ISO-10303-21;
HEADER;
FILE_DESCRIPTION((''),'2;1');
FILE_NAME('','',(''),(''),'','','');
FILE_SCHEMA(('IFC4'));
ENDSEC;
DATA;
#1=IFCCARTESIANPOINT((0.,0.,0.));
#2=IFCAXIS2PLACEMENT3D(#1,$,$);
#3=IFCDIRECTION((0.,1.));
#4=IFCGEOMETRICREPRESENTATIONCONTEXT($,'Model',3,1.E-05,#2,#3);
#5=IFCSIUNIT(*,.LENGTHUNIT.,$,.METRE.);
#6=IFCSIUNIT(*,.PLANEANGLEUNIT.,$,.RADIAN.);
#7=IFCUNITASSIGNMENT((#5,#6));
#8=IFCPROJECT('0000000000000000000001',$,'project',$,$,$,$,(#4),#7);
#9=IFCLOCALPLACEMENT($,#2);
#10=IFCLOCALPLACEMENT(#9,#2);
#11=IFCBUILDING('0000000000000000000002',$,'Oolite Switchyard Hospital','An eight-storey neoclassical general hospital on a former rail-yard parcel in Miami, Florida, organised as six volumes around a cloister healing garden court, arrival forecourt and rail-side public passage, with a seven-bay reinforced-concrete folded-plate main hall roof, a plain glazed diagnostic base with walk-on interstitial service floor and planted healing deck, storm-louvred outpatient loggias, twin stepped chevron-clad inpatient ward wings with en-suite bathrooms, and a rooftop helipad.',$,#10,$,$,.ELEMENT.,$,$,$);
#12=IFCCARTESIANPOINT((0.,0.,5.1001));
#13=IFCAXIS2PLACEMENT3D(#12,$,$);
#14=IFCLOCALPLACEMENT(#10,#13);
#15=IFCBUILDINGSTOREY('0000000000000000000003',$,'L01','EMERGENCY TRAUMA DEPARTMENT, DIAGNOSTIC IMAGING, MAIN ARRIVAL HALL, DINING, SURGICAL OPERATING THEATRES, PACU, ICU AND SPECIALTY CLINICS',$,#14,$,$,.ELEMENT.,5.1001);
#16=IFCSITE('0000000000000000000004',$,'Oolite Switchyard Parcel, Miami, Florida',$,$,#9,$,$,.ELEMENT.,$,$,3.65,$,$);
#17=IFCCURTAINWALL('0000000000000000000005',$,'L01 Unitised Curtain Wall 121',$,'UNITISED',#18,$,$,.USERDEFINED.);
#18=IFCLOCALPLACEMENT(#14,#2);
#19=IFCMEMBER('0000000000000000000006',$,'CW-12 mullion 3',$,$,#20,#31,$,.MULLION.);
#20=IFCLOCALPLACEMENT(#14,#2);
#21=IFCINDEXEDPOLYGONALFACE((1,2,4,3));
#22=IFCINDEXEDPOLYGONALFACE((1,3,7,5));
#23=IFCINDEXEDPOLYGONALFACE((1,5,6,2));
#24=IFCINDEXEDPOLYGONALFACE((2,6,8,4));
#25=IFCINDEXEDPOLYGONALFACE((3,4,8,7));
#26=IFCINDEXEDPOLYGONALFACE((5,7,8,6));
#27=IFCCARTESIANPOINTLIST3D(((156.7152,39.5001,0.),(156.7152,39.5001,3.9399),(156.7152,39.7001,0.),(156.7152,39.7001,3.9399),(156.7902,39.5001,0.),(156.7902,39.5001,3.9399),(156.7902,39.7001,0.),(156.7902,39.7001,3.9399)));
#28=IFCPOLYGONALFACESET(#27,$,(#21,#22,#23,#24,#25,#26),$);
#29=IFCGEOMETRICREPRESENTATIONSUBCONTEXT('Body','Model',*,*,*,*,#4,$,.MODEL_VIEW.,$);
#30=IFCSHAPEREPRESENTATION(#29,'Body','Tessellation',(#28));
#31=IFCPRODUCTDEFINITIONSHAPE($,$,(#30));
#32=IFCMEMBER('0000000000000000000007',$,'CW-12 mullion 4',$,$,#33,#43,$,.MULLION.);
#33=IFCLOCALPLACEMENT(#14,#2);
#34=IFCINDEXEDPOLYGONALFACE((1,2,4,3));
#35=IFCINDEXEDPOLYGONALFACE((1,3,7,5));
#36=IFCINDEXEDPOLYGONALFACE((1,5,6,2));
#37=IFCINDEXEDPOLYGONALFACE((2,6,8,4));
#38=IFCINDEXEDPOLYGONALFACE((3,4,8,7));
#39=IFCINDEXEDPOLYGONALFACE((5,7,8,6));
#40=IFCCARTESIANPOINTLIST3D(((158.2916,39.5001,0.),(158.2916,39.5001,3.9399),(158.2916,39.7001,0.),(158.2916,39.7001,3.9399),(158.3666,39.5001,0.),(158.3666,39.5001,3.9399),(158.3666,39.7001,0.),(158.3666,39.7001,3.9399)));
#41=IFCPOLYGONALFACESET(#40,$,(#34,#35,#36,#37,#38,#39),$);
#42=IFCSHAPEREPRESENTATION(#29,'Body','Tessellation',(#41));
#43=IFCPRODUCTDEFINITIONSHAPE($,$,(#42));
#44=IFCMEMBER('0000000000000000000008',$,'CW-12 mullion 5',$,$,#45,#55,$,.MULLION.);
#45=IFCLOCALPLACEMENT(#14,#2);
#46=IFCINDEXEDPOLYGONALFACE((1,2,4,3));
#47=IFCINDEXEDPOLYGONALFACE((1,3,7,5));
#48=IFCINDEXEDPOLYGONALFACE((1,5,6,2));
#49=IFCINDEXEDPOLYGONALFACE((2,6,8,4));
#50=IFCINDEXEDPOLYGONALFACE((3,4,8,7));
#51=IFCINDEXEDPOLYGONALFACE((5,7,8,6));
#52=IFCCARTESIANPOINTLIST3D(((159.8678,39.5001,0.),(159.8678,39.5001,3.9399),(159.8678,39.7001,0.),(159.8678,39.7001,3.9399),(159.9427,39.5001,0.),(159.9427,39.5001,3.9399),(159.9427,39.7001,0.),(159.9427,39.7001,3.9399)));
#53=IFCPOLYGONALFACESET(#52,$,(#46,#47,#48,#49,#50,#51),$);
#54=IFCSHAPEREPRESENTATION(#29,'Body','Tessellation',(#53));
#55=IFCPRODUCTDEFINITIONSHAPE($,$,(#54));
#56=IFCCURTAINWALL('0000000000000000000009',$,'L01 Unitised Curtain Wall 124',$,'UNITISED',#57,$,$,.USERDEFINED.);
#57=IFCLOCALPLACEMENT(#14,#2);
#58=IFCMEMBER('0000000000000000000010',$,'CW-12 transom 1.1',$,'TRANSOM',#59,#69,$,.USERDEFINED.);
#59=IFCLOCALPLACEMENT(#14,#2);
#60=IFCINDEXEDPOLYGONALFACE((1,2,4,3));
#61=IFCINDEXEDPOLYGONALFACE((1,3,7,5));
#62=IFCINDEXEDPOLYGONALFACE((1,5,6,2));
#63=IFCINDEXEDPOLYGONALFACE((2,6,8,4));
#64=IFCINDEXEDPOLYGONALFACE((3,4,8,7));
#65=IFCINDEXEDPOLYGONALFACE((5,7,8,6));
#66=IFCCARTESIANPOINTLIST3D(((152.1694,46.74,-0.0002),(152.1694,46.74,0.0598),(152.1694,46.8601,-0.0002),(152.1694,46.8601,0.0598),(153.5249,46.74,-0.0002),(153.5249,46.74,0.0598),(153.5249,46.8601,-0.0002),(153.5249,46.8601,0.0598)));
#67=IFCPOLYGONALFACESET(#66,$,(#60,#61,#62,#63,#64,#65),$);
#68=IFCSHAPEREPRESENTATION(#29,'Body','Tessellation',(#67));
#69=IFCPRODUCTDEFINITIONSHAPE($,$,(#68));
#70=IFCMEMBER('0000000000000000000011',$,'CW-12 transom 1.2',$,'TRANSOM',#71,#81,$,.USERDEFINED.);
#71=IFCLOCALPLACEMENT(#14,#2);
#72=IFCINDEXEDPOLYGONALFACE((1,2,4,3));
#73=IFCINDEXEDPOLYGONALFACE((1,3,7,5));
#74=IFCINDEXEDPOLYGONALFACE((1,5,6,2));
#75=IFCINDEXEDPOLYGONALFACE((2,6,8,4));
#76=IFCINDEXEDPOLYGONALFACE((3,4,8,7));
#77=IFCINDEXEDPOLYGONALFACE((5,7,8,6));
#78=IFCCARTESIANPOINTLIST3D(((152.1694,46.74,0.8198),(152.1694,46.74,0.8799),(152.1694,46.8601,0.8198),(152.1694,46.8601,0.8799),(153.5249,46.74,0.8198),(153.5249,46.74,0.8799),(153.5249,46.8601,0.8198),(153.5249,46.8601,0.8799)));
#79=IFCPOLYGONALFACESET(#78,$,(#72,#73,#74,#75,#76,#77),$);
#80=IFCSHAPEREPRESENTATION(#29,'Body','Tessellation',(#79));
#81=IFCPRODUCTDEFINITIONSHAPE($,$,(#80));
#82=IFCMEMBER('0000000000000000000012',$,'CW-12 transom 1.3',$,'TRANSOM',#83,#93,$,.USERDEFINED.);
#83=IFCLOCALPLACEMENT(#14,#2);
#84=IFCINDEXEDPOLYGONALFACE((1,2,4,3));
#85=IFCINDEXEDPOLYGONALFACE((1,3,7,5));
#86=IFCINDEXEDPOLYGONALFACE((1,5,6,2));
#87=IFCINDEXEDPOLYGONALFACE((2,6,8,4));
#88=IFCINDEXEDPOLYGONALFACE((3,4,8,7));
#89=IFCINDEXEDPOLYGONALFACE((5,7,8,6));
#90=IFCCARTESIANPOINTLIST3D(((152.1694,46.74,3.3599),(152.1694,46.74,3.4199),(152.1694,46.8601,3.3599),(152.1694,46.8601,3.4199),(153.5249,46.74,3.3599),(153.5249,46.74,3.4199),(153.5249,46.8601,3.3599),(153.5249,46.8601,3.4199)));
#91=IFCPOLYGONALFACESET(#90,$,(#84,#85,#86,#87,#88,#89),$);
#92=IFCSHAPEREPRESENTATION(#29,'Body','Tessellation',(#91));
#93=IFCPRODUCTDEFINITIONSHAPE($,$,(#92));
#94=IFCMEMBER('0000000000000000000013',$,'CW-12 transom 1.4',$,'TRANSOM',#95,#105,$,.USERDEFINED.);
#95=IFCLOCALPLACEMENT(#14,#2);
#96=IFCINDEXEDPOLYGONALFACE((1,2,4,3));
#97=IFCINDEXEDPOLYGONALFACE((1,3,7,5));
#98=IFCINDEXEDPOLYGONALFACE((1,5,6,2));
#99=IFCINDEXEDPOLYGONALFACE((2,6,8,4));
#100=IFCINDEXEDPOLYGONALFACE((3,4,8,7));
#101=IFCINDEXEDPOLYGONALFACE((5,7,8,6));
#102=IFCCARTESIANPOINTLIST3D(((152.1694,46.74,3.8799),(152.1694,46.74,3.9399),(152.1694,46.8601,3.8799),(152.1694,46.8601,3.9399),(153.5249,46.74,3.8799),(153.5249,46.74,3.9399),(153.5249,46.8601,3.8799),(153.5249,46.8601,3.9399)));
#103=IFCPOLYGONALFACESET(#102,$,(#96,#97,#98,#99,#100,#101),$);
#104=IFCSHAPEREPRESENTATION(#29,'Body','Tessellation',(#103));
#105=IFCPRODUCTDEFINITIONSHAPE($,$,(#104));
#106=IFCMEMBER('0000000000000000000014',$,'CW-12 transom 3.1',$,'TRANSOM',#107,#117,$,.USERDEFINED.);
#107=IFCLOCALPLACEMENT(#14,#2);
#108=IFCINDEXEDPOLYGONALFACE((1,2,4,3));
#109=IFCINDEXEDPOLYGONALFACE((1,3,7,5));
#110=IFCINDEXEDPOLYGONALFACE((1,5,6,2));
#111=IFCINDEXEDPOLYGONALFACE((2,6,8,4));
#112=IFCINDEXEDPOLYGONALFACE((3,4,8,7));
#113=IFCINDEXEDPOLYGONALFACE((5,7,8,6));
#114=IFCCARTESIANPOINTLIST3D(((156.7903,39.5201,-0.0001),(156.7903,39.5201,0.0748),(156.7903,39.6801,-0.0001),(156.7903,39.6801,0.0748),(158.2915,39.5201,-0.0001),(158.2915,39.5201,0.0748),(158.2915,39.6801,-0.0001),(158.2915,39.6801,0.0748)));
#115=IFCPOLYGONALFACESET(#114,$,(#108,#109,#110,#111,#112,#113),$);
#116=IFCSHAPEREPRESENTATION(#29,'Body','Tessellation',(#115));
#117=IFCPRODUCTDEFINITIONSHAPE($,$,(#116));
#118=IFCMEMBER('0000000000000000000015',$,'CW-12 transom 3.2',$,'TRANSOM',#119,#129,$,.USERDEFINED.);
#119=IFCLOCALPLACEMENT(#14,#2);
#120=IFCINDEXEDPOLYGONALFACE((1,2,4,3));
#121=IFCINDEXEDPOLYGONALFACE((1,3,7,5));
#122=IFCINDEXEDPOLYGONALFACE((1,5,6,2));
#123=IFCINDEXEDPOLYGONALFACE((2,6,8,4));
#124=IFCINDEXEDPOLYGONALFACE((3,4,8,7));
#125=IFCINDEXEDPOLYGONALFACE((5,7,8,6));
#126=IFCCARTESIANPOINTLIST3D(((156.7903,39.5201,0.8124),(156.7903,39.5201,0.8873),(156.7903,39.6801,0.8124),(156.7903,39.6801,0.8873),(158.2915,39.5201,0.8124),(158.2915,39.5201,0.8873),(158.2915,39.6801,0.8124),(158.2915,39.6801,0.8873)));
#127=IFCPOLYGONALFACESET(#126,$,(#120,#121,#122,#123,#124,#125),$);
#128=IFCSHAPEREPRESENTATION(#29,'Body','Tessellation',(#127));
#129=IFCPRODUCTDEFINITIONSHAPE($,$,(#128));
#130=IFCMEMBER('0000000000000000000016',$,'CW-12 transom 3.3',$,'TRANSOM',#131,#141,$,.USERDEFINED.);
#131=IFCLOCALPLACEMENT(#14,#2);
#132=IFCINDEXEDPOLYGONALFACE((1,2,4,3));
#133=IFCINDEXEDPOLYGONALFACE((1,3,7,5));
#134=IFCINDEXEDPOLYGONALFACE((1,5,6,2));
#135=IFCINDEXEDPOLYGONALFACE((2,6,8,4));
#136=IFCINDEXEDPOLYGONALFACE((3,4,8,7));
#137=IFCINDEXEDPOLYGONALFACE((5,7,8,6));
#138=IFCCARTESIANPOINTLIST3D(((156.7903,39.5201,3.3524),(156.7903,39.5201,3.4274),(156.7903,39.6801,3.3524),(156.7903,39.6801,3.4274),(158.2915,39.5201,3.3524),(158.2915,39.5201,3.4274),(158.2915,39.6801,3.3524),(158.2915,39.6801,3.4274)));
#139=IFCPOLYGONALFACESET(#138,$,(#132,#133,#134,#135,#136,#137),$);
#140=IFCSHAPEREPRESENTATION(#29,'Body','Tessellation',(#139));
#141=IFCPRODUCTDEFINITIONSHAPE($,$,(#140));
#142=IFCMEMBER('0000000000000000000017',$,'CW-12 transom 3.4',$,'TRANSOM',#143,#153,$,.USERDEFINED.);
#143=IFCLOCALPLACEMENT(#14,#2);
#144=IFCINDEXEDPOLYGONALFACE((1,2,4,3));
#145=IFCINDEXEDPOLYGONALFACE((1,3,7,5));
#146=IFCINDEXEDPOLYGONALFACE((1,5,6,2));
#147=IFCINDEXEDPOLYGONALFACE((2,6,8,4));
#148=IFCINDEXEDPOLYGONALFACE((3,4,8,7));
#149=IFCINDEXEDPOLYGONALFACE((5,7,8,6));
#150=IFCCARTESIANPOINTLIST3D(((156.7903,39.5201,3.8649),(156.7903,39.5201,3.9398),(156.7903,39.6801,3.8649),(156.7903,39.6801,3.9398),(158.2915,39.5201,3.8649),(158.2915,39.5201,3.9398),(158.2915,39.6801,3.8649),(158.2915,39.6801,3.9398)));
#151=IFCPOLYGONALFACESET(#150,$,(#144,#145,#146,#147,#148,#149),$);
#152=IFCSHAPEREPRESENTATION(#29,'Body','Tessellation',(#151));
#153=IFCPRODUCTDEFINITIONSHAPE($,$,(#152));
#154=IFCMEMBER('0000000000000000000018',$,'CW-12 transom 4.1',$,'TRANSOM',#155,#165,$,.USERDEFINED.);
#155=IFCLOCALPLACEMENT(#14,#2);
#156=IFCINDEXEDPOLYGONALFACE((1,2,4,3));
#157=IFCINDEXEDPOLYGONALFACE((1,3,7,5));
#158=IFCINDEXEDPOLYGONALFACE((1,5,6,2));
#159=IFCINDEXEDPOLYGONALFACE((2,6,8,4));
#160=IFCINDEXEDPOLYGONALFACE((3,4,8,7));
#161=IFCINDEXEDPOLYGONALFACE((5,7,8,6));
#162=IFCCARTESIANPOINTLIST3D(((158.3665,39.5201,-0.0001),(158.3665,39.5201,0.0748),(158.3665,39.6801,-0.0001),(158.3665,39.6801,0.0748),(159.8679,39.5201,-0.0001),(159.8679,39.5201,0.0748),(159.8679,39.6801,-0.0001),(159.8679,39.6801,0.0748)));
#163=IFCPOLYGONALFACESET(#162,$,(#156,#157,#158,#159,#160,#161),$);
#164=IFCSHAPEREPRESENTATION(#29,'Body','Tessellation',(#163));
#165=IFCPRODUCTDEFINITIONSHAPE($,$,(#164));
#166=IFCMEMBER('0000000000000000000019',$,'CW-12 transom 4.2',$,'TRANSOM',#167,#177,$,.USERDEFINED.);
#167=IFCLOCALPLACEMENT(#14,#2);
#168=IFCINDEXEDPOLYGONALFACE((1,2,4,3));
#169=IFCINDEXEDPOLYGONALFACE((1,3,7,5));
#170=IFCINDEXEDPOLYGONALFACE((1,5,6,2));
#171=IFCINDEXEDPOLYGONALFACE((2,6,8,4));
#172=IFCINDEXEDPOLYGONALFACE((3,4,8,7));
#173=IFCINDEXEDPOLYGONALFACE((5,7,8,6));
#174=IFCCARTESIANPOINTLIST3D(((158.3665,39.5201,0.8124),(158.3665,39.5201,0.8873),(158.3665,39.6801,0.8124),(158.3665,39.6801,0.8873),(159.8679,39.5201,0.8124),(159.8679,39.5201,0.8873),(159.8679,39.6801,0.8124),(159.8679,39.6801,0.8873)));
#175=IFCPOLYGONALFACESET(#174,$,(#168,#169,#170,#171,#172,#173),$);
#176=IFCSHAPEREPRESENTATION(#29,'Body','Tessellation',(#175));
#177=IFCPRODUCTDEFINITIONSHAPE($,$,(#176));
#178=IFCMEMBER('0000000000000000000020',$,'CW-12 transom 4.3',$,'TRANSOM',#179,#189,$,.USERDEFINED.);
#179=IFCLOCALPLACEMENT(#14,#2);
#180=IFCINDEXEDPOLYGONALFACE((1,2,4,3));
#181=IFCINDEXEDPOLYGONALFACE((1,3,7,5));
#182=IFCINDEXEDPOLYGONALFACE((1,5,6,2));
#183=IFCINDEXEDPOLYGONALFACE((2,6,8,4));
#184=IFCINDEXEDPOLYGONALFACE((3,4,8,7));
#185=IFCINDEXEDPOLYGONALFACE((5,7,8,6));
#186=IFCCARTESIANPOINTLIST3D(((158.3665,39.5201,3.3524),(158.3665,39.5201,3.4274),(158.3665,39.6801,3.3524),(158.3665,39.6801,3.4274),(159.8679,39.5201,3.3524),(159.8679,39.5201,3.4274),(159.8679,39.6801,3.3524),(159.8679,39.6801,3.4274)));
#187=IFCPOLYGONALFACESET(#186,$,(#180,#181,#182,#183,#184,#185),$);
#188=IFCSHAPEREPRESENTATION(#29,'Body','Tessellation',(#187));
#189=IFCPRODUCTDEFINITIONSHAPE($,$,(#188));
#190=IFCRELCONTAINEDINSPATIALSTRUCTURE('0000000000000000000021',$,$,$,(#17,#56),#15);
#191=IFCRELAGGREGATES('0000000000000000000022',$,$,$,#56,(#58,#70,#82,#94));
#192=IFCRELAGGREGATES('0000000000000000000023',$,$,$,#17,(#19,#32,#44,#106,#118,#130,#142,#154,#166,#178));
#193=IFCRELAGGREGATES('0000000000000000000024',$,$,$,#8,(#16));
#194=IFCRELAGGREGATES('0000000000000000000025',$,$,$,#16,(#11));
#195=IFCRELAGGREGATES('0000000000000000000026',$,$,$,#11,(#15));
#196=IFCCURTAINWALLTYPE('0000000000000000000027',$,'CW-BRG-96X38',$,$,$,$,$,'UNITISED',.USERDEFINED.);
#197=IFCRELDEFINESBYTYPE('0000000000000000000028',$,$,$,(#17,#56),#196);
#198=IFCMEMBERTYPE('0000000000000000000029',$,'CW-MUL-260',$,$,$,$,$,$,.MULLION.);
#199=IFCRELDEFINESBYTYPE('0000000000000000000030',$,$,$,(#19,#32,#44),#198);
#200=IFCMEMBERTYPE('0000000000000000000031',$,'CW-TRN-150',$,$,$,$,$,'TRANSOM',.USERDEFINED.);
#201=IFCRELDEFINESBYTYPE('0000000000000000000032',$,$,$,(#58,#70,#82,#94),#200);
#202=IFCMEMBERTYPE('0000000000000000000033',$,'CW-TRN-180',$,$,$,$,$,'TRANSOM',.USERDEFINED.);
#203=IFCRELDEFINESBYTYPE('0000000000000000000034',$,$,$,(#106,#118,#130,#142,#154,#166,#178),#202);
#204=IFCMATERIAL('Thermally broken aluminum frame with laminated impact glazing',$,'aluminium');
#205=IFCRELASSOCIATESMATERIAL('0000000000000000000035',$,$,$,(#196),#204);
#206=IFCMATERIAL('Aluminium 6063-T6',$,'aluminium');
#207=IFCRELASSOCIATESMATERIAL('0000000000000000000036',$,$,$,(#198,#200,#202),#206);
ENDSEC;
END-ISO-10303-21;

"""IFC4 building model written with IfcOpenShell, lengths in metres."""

from ifc_helpers import new_model, si_unit, direction, frame, origin, origin_2d, place, context, subcontext, project, spatial, rectangle, extrude, material, material_profile, profile_set, type_object, element, aggregate, save


model = new_model("IFC4")

# Units and contexts
model_context = context("Model", 3, precision=1e-05, world=origin(), true_north=direction((0.0, 1.0)))
body_context = subcontext(model_context, "Body", "Model", "MODEL_VIEW")
ifc_project = project(units=[si_unit("LENGTHUNIT", "METRE"), si_unit("PLANEANGLEUNIT", "RADIAN")], contexts=[model_context])

# Site, building, storey
site_placement = place(None, origin())
site = spatial("IfcSite", under=ifc_project, at=site_placement, Name="Oolite Switchyard Parcel, Miami, Florida", CompositionType="ELEMENT", RefElevation=3.65)
building_placement = place(site_placement, origin())
building = spatial("IfcBuilding", under=site, at=building_placement, Name="Oolite Switchyard Hospital", Description="An eight-storey neoclassical general hospital on a former rail-yard parcel in Miami, Florida, organised as six volumes around a cloister healing garden court, arrival forecourt and rail-side public passage, with a seven-bay reinforced-concrete folded-plate main hall roof, a plain glazed diagnostic base with walk-on interstitial service floor and planted healing deck, storm-louvred outpatient loggias, twin stepped chevron-clad inpatient ward wings with en-suite bathrooms, and a rooftop helipad.", CompositionType="ELEMENT")
storey_placement = place(building_placement, frame((0.0, 0.0, 5.1001)))
storey = spatial("IfcBuildingStorey", under=building, at=storey_placement, Name="L01", Description="EMERGENCY TRAUMA DEPARTMENT, DIAGNOSTIC IMAGING, MAIN ARRIVAL HALL, DINING, SURGICAL OPERATING THEATRES, PACU, ICU AND SPECIALTY CLINICS", CompositionType="ELEMENT", Elevation=5.1001)

# Curtain walls, members
ifc_material_1 = material(Name="Thermally broken aluminum frame with laminated impact glazing", Category="aluminium")
curtain_wall_type = type_object("IfcCurtainWallType", Name="CW-BRG-96X38", ElementType="UNITISED", PredefinedType="USERDEFINED", material=ifc_material_1)
curtain_wall_1_placement = place(storey_placement, origin())
curtain_wall_1 = element("IfcCurtainWall", 1, at=curtain_wall_1_placement, inside=storey, type_object=curtain_wall_type, Name="L01 Unitised Curtain Wall 121", ObjectType="UNITISED", PredefinedType="USERDEFINED")
ifc_material_2 = material(Name="Aluminium 6063-T6", Category="aluminium")
ifc_material_profile_1 = material_profile(ifc_material_2, rectangle(XDim=0.2, YDim=0.075, at=origin_2d()), Name="CWM75X200")
ifc_profile_set_1 = profile_set([ifc_material_profile_1], Name="Aluminium 6063-T6")
member_type_1 = type_object("IfcMemberType", Name="CW-MUL-260", PredefinedType="MULLION", material=ifc_profile_set_1)
member_1_placement = place(storey_placement, frame((156.7527, 39.6001, 0.0), z_axis=(0.0, 0.0, 1.0), x_axis=(0.0, 1.0, 0.0)))
member_1 = element("IfcMember", 2, at=member_1_placement, type_object=member_type_1, Name="CW-12 mullion 3", PredefinedType="MULLION", context=body_context, shape_type="SweptSolid", body=[
    extrude(rectangle(XDim=0.2, YDim=0.075, at=origin_2d()), origin(), (0.0, 0.0, 1.0), 3.9399),
])
member_2_placement = place(storey_placement, frame((158.3291, 39.6001, 0.0), z_axis=(0.0, 0.0, 1.0), x_axis=(0.0, 1.0, 0.0)))
member_2 = element("IfcMember", 3, at=member_2_placement, type_object=member_type_1, Name="CW-12 mullion 4", PredefinedType="MULLION", context=body_context, shape_type="SweptSolid", body=[
    extrude(rectangle(XDim=0.2, YDim=0.075, at=origin_2d()), origin(), (0.0, 0.0, 1.0), 3.9399),
])
member_3_placement = place(storey_placement, frame((159.9053, 39.6001, 0.0), z_axis=(0.0, 0.0, 1.0), x_axis=(0.0, 1.0, 0.0)))
member_3 = element("IfcMember", 4, at=member_3_placement, type_object=member_type_1, Name="CW-12 mullion 5", PredefinedType="MULLION", context=body_context, shape_type="SweptSolid", body=[
    extrude(rectangle(XDim=0.2, YDim=0.075, at=origin_2d()), origin(), (0.0, 0.0, 1.0), 3.9399),
])
curtain_wall_2_placement = place(storey_placement, origin())
curtain_wall_2 = element("IfcCurtainWall", 5, at=curtain_wall_2_placement, inside=storey, type_object=curtain_wall_type, Name="L01 Unitised Curtain Wall 124", ObjectType="UNITISED", PredefinedType="USERDEFINED")
ifc_material_profile_2 = material_profile(ifc_material_2, rectangle(XDim=0.1201, YDim=0.0601, at=origin_2d()), Name="CWT60X120")
ifc_profile_set_2 = profile_set([ifc_material_profile_2], Name="Aluminium 6063-T6")
member_type_2 = type_object("IfcMemberType", Name="CW-TRN-150", ElementType="TRANSOM", PredefinedType="USERDEFINED", material=ifc_profile_set_2)
member_4_placement = place(storey_placement, frame((153.5249, 46.8, 0.0298), z_axis=(-1.0, 0.0, 0.0), x_axis=(0.0, -1.0, 0.0)))
member_4 = element("IfcMember", 6, at=member_4_placement, type_object=member_type_2, Name="CW-12 transom 1.1", ObjectType="TRANSOM", PredefinedType="USERDEFINED", context=body_context, shape_type="SweptSolid", body=[
    extrude(rectangle(XDim=0.1201, YDim=0.0601, at=origin_2d()), origin(), (0.0, 0.0, 1.0), 1.3555),
])
member_5_placement = place(storey_placement, frame((153.5249, 46.8, 0.8499), z_axis=(-1.0, 0.0, 0.0), x_axis=(0.0, -1.0, 0.0)))
member_5 = element("IfcMember", 7, at=member_5_placement, type_object=member_type_2, Name="CW-12 transom 1.2", ObjectType="TRANSOM", PredefinedType="USERDEFINED", context=body_context, shape_type="SweptSolid", body=[
    extrude(rectangle(XDim=0.1201, YDim=0.0601, at=origin_2d()), origin(), (0.0, 0.0, 1.0), 1.3555),
])
member_6_placement = place(storey_placement, frame((153.5249, 46.8, 3.3899), z_axis=(-1.0, 0.0, 0.0), x_axis=(0.0, -1.0, 0.0)))
member_6 = element("IfcMember", 8, at=member_6_placement, type_object=member_type_2, Name="CW-12 transom 1.3", ObjectType="TRANSOM", PredefinedType="USERDEFINED", context=body_context, shape_type="SweptSolid", body=[
    extrude(rectangle(XDim=0.1201, YDim=0.0601, at=origin_2d()), origin(), (0.0, 0.0, 1.0), 1.3555),
])
member_7_placement = place(storey_placement, frame((153.5249, 46.8, 3.9099), z_axis=(-1.0, 0.0, 0.0), x_axis=(0.0, -1.0, 0.0)))
member_7 = element("IfcMember", 9, at=member_7_placement, type_object=member_type_2, Name="CW-12 transom 1.4", ObjectType="TRANSOM", PredefinedType="USERDEFINED", context=body_context, shape_type="SweptSolid", body=[
    extrude(rectangle(XDim=0.1201, YDim=0.0601, at=origin_2d()), origin(), (0.0, 0.0, 1.0), 1.3555),
])

# Members
ifc_material_profile_3 = material_profile(ifc_material_2, rectangle(XDim=0.1599, YDim=0.075, at=origin_2d()), Name="CWT75X160")
ifc_profile_set_3 = profile_set([ifc_material_profile_3], Name="Aluminium 6063-T6")
member_type_3 = type_object("IfcMemberType", Name="CW-TRN-180", ElementType="TRANSOM", PredefinedType="USERDEFINED", material=ifc_profile_set_3)
member_8_placement = place(storey_placement, frame((156.7903, 39.6001, 0.0374), z_axis=(1.0, 0.0, 0.0), x_axis=(0.0, 1.0, 0.0)))
member_8 = element("IfcMember", 10, at=member_8_placement, type_object=member_type_3, Name="CW-12 transom 3.1", ObjectType="TRANSOM", PredefinedType="USERDEFINED", context=body_context, shape_type="SweptSolid", body=[
    extrude(rectangle(XDim=0.1599, YDim=0.075, at=origin_2d()), origin(), (0.0, 0.0, 1.0), 1.5012),
])
member_9_placement = place(storey_placement, frame((156.7903, 39.6001, 0.8499), z_axis=(1.0, 0.0, 0.0), x_axis=(0.0, 1.0, 0.0)))
member_9 = element("IfcMember", 11, at=member_9_placement, type_object=member_type_3, Name="CW-12 transom 3.2", ObjectType="TRANSOM", PredefinedType="USERDEFINED", context=body_context, shape_type="SweptSolid", body=[
    extrude(rectangle(XDim=0.1599, YDim=0.075, at=origin_2d()), origin(), (0.0, 0.0, 1.0), 1.5012),
])
member_10_placement = place(storey_placement, frame((156.7903, 39.6001, 3.3899), z_axis=(1.0, 0.0, 0.0), x_axis=(0.0, 1.0, 0.0)))
member_10 = element("IfcMember", 12, at=member_10_placement, type_object=member_type_3, Name="CW-12 transom 3.3", ObjectType="TRANSOM", PredefinedType="USERDEFINED", context=body_context, shape_type="SweptSolid", body=[
    extrude(rectangle(XDim=0.1599, YDim=0.075, at=origin_2d()), origin(), (0.0, 0.0, 1.0), 1.5012),
])
member_11_placement = place(storey_placement, frame((156.7903, 39.6001, 3.9023), z_axis=(1.0, 0.0, 0.0), x_axis=(0.0, 1.0, 0.0)))
member_11 = element("IfcMember", 13, at=member_11_placement, type_object=member_type_3, Name="CW-12 transom 3.4", ObjectType="TRANSOM", PredefinedType="USERDEFINED", context=body_context, shape_type="SweptSolid", body=[
    extrude(rectangle(XDim=0.1599, YDim=0.075, at=origin_2d()), origin(), (0.0, 0.0, 1.0), 1.5012),
])
member_12_placement = place(storey_placement, frame((158.3665, 39.6001, 0.0374), z_axis=(1.0, 0.0, 0.0), x_axis=(0.0, 1.0, 0.0)))
member_12 = element("IfcMember", 14, at=member_12_placement, type_object=member_type_3, Name="CW-12 transom 4.1", ObjectType="TRANSOM", PredefinedType="USERDEFINED", context=body_context, shape_type="SweptSolid", body=[
    extrude(rectangle(XDim=0.1599, YDim=0.075, at=origin_2d()), origin(), (0.0, 0.0, 1.0), 1.5015),
])
member_13_placement = place(storey_placement, frame((158.3665, 39.6001, 0.8499), z_axis=(1.0, 0.0, 0.0), x_axis=(0.0, 1.0, 0.0)))
member_13 = element("IfcMember", 15, at=member_13_placement, type_object=member_type_3, Name="CW-12 transom 4.2", ObjectType="TRANSOM", PredefinedType="USERDEFINED", context=body_context, shape_type="SweptSolid", body=[
    extrude(rectangle(XDim=0.1599, YDim=0.075, at=origin_2d()), origin(), (0.0, 0.0, 1.0), 1.5015),
])
member_14_placement = place(storey_placement, frame((158.3665, 39.6001, 3.3899), z_axis=(1.0, 0.0, 0.0), x_axis=(0.0, 1.0, 0.0)))
member_14 = element("IfcMember", 16, at=member_14_placement, type_object=member_type_3, Name="CW-12 transom 4.3", ObjectType="TRANSOM", PredefinedType="USERDEFINED", context=body_context, shape_type="SweptSolid", body=[
    extrude(rectangle(XDim=0.1599, YDim=0.075, at=origin_2d()), origin(), (0.0, 0.0, 1.0), 1.5015),
])

aggregate(curtain_wall_2, [member_4, member_5, member_6, member_7])
aggregate(curtain_wall_1, [member_1, member_2, member_3, member_8, member_9, member_10, member_11, member_12, member_13, member_14])

save(model, "model.ifc")
